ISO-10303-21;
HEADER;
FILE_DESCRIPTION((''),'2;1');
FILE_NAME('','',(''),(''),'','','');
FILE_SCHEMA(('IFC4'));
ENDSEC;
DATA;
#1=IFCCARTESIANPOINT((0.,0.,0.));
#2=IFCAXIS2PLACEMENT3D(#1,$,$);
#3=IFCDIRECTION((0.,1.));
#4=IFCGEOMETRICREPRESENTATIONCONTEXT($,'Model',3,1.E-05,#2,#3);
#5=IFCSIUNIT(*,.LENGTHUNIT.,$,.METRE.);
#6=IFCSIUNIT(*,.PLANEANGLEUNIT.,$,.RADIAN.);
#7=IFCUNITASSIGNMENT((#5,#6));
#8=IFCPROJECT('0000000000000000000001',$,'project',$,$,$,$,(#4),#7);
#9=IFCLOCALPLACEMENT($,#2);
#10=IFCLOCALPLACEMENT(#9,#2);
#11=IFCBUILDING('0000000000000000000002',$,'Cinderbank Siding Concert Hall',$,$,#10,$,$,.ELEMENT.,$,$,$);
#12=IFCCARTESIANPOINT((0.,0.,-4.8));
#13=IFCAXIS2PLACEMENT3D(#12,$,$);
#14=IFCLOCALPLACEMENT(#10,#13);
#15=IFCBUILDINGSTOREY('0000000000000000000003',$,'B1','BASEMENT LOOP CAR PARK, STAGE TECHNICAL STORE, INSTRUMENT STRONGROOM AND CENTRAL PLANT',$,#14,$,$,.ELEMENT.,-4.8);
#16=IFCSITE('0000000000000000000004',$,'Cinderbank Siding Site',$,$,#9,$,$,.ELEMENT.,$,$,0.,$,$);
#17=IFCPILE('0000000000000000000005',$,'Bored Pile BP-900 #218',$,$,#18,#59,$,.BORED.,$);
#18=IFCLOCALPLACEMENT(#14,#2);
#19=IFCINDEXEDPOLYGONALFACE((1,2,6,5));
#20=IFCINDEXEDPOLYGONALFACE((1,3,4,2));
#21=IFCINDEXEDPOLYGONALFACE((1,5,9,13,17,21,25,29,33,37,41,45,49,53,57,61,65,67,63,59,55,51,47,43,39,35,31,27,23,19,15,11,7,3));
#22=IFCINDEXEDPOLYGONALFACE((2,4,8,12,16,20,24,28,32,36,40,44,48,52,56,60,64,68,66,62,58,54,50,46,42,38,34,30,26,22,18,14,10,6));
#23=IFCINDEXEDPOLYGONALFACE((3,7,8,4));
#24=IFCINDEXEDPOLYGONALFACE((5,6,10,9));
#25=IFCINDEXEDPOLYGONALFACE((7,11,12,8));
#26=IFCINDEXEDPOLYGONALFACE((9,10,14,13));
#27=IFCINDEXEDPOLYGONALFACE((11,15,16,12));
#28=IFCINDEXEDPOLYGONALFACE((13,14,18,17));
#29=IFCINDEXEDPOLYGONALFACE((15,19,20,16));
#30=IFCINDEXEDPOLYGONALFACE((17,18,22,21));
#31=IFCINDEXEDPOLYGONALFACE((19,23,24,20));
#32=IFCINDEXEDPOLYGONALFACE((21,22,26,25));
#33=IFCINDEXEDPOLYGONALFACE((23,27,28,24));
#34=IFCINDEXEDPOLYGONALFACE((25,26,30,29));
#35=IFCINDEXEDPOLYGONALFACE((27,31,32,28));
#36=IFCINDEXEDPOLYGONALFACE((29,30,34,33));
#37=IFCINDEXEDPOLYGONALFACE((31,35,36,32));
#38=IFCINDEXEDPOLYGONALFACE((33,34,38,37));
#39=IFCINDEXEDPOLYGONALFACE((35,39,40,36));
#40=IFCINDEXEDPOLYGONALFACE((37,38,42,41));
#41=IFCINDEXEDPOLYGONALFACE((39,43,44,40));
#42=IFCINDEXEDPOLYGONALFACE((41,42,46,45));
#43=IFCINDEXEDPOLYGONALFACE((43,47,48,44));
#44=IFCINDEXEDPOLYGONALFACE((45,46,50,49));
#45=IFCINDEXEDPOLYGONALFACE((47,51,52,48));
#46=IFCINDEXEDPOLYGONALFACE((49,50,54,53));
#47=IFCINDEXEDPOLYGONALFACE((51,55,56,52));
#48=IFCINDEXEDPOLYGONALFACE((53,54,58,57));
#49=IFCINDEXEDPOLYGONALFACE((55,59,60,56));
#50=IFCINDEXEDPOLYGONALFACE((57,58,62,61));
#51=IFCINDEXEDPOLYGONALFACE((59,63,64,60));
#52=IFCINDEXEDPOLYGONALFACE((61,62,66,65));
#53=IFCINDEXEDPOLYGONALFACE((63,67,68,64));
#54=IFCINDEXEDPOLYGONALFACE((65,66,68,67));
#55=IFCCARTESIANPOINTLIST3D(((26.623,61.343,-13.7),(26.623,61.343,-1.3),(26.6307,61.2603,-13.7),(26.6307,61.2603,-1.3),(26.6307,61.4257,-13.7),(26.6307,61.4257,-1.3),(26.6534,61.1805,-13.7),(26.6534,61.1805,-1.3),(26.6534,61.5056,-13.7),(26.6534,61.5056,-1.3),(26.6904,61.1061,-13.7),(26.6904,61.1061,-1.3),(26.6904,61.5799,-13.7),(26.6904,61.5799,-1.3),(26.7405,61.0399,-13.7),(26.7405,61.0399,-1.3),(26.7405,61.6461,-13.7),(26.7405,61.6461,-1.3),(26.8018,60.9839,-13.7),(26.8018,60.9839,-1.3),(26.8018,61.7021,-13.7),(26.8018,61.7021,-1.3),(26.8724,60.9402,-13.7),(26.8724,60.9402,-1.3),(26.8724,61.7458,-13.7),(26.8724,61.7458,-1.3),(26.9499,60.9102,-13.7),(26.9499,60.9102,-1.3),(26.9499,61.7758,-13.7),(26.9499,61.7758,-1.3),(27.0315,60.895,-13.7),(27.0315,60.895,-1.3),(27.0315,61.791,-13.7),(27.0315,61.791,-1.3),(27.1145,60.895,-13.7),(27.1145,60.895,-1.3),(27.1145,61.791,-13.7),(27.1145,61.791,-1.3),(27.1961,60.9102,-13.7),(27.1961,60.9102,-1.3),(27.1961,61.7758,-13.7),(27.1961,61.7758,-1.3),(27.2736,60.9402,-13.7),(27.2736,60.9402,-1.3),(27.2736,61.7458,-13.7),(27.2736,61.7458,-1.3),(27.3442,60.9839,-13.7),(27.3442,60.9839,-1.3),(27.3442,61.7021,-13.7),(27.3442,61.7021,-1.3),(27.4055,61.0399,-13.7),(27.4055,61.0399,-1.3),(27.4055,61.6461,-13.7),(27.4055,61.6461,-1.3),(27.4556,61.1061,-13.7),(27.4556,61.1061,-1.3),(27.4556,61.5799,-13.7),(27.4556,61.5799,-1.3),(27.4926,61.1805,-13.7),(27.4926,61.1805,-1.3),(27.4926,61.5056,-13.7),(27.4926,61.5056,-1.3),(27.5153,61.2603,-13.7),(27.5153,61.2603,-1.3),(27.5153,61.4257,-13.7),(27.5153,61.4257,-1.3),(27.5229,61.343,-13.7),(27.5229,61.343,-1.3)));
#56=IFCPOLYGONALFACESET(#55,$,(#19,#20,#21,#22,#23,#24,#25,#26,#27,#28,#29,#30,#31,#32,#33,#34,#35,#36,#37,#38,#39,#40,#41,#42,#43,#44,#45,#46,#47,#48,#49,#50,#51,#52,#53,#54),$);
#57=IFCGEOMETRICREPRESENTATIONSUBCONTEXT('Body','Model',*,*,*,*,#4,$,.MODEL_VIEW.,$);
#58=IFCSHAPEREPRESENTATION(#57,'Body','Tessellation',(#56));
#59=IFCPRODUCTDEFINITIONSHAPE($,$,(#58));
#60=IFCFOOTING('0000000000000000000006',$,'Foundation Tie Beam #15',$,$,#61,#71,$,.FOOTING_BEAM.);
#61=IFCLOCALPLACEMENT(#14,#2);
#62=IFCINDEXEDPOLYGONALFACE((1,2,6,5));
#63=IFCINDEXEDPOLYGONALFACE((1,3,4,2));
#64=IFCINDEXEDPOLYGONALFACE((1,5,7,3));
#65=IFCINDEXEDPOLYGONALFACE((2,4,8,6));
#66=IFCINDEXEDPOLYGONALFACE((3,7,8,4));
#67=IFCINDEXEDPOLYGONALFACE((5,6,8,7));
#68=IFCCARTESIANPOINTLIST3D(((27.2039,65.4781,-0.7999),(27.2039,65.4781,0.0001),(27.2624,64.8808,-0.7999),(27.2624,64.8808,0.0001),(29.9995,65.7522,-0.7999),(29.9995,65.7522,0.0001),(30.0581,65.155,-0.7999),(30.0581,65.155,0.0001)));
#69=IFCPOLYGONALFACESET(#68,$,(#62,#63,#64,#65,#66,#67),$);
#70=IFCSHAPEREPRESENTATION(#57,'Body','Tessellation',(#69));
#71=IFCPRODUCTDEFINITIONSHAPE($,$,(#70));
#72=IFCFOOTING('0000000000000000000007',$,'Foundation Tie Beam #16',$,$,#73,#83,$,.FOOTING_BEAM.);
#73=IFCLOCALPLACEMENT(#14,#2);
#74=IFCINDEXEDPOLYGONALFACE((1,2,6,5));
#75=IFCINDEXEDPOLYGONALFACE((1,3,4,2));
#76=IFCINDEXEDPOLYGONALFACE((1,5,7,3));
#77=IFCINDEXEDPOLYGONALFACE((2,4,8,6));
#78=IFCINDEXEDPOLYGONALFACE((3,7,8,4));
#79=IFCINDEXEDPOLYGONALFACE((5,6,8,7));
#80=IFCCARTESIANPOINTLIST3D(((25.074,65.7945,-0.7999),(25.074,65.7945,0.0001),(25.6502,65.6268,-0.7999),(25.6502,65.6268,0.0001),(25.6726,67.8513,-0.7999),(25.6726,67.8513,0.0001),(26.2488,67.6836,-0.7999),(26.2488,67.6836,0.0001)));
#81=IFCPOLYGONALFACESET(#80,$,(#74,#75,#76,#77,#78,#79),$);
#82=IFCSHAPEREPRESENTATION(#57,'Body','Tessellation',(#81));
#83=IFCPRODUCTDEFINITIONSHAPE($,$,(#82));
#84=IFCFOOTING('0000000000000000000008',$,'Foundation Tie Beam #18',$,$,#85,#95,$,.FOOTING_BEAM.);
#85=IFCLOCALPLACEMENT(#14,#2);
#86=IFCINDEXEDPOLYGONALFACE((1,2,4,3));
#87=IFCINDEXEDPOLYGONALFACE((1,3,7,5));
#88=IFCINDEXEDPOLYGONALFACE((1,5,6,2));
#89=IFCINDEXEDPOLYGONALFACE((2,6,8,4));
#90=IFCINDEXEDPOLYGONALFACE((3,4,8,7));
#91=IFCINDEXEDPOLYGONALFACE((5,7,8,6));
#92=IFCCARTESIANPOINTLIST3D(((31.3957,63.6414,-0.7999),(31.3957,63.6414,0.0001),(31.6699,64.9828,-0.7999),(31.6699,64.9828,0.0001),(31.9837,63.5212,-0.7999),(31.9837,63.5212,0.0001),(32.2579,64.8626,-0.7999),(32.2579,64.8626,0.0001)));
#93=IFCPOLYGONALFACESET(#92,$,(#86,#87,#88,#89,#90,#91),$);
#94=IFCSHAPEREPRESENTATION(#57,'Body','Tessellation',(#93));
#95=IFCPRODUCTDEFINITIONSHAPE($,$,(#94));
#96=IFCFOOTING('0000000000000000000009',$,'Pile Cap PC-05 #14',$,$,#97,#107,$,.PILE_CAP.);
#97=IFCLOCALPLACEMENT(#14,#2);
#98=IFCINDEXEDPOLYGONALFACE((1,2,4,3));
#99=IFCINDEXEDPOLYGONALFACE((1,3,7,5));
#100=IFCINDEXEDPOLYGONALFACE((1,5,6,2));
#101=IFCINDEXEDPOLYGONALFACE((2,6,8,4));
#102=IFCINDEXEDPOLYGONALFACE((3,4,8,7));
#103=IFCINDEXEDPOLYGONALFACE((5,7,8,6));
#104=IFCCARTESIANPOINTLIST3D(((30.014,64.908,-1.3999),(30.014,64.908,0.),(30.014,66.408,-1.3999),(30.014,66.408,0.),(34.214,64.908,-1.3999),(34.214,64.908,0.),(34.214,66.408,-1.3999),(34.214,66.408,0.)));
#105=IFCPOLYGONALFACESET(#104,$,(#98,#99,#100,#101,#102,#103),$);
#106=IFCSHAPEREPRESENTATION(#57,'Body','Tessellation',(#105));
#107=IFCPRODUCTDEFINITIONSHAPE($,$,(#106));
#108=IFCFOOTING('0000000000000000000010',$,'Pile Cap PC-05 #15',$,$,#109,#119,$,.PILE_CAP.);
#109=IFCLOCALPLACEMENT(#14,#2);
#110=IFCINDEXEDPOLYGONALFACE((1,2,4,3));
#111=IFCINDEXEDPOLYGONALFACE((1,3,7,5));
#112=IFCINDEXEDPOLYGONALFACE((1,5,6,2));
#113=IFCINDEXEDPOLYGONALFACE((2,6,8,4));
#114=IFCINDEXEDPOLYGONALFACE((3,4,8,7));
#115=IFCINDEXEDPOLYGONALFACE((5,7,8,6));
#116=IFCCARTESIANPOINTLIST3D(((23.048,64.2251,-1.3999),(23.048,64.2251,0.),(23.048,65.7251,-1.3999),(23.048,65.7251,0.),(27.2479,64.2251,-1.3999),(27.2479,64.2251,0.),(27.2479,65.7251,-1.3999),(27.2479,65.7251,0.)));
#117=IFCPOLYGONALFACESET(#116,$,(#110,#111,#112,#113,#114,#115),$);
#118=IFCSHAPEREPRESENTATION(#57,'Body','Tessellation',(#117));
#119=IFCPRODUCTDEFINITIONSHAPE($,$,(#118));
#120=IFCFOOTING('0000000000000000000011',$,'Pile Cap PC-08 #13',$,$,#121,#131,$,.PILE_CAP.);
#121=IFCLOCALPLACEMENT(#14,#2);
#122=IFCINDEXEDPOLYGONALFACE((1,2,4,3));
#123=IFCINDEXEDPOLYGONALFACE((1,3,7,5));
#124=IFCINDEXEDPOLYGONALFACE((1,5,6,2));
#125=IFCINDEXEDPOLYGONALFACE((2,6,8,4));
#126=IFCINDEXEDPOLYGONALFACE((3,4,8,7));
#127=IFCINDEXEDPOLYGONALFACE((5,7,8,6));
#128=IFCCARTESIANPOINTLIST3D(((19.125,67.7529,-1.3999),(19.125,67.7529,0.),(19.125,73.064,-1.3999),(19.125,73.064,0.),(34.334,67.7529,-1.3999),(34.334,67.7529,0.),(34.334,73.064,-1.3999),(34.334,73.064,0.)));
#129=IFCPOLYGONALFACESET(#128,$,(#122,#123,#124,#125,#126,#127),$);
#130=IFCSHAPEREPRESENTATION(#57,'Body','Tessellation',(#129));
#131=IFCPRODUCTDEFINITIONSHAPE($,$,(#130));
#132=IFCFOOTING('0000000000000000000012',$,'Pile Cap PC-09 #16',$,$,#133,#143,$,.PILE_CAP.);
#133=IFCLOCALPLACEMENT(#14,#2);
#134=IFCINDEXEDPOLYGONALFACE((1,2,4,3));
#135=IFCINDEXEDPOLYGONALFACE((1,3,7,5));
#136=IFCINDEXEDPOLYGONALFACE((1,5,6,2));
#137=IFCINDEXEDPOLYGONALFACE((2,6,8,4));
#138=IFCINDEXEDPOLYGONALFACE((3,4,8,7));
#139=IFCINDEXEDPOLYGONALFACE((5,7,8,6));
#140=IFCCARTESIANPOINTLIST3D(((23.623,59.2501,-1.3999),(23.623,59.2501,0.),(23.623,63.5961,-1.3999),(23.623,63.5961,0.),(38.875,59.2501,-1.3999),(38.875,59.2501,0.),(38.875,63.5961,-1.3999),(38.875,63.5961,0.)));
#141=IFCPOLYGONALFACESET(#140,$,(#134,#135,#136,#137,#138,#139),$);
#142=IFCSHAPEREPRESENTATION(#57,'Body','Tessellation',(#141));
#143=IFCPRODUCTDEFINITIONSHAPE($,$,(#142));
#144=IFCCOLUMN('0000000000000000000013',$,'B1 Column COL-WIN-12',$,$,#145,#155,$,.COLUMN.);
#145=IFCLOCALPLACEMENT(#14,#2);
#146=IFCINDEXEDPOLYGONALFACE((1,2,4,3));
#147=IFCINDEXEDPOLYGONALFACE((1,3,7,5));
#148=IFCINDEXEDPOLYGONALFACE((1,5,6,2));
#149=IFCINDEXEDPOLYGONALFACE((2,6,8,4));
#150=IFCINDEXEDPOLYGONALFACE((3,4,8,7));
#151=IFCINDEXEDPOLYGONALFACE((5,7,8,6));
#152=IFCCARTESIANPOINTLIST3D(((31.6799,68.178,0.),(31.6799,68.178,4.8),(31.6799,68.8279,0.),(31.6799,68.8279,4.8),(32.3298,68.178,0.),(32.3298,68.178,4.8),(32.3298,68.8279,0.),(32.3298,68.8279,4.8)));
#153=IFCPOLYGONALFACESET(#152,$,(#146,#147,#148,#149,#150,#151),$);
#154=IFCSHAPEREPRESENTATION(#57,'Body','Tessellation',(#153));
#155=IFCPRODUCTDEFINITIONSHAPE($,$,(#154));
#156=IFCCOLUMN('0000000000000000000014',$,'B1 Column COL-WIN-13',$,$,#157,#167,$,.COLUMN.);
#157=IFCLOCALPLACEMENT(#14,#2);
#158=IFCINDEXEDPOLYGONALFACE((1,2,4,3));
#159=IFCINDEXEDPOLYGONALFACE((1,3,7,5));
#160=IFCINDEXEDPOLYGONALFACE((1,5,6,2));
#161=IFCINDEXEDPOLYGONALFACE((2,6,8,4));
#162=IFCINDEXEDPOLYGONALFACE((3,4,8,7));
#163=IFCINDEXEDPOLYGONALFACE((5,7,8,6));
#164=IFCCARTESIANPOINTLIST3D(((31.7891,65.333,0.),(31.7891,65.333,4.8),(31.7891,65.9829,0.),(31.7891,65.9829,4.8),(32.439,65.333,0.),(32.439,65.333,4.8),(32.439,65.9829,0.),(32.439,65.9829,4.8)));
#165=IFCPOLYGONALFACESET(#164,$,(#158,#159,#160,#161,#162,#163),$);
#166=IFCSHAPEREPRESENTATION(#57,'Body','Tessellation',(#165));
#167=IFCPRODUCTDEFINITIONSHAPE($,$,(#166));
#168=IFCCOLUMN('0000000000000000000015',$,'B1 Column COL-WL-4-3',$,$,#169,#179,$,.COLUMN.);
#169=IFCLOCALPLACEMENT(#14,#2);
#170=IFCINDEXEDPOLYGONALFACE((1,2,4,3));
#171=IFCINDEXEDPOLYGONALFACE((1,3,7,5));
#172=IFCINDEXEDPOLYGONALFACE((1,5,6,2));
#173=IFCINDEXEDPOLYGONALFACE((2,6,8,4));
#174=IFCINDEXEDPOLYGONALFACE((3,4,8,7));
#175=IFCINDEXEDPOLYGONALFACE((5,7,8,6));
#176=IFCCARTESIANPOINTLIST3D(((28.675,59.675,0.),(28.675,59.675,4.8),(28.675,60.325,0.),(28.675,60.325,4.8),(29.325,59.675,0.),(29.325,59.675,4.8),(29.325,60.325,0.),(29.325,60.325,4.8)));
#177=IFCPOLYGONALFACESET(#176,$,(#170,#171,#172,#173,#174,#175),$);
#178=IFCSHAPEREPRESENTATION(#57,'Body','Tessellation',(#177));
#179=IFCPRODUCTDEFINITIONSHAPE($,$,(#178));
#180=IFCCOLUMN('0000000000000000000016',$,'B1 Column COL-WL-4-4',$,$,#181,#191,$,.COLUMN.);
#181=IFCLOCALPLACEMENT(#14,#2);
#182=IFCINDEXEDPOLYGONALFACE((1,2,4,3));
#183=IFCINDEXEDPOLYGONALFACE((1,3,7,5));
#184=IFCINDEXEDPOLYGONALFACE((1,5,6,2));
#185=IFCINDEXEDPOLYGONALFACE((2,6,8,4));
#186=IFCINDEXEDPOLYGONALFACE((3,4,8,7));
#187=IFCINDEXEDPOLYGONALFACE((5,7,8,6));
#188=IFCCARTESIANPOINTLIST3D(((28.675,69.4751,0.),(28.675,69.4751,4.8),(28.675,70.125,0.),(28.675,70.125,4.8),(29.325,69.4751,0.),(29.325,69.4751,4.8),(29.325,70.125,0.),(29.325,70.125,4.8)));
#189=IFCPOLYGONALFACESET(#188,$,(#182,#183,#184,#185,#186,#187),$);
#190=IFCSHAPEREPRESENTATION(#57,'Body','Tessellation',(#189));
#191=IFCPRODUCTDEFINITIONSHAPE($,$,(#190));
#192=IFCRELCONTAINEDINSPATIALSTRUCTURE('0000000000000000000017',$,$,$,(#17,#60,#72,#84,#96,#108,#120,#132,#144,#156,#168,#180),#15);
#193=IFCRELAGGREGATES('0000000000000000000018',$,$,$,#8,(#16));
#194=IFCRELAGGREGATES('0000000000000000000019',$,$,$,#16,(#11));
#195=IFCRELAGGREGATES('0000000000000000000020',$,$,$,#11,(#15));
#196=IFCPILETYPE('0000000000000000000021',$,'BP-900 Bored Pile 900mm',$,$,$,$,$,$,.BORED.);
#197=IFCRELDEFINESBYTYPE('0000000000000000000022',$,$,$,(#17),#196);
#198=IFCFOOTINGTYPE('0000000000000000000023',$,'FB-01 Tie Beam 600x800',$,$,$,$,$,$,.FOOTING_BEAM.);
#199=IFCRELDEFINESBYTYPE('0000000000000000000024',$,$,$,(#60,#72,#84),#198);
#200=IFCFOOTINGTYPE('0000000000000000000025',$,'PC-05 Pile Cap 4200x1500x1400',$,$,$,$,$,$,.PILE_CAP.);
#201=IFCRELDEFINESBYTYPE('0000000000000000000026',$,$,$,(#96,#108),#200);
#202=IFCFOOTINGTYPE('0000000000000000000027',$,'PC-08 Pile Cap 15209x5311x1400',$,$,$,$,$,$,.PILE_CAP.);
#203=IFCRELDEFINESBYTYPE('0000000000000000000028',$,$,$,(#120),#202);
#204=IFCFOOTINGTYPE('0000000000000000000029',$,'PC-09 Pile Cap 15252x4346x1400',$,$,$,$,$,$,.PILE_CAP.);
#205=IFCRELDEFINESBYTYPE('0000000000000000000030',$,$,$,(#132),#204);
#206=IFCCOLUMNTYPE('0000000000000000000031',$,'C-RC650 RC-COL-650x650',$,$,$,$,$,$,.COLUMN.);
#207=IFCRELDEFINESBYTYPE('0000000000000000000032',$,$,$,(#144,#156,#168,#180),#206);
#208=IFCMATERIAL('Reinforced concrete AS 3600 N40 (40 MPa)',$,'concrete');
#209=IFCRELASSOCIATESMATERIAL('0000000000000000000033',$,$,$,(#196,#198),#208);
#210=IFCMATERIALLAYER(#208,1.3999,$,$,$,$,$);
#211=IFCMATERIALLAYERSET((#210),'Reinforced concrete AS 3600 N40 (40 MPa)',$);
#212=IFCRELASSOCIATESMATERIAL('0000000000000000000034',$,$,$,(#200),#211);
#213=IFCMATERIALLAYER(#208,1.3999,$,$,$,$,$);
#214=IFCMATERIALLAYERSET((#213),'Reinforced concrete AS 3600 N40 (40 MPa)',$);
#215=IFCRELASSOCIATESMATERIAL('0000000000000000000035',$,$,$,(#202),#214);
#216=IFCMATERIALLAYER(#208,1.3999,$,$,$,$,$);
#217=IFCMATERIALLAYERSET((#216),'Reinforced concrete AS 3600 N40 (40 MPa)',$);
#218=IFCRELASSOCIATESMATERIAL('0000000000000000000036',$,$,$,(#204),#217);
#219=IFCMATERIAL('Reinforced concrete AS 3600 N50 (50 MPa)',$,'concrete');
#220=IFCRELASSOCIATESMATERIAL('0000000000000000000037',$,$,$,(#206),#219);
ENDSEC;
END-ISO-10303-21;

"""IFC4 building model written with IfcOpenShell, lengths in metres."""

from ifc_helpers import new_model, si_unit, direction, frame, origin, origin_2d, place, context, subcontext, project, spatial, rectangle, circle, extrude, material, layer, layer_set, material_profile, profile_set, type_object, element, save


model = new_model("IFC4")

# Units and contexts
model_context = context("Model", 3, precision=1e-05, world=origin(), true_north=direction((0.0, 1.0)))
body_context = subcontext(model_context, "Body", "Model", "MODEL_VIEW")
ifc_project = project(units=[si_unit("LENGTHUNIT", "METRE"), si_unit("PLANEANGLEUNIT", "RADIAN")], contexts=[model_context])

# Site, building, storey
site_placement = place(None, origin())
site = spatial("IfcSite", under=ifc_project, at=site_placement, Name="Cinderbank Siding Site", CompositionType="ELEMENT", RefElevation=0.0)
building_placement = place(site_placement, origin())
building = spatial("IfcBuilding", under=site, at=building_placement, Name="Cinderbank Siding Concert Hall", CompositionType="ELEMENT")
storey_placement = place(building_placement, frame((0.0, 0.0, -4.8)))
storey = spatial("IfcBuildingStorey", under=building, at=storey_placement, Name="B1", Description="BASEMENT LOOP CAR PARK, STAGE TECHNICAL STORE, INSTRUMENT STRONGROOM AND CENTRAL PLANT", CompositionType="ELEMENT", Elevation=-4.8)

# Pile
ifc_material_1 = material(Name="Reinforced concrete AS 3600 N40 (40 MPa)", Category="concrete")
ifc_material_profile_1 = material_profile(ifc_material_1, circle(Radius=0.45, at=origin_2d()), Name="PILE-900DIA", Category="LoadBearing")
ifc_profile_set_1 = profile_set([ifc_material_profile_1], Name="Reinforced concrete AS 3600 N40 (40 MPa)")
pile_type_1 = type_object("IfcPileType", Name="BP-900 Bored Pile 900mm", PredefinedType="BORED", material=ifc_profile_set_1)
for number, where, z_axis, x_axis, name in (
    (1, (27.073, 61.343, -1.3), (0.0, 0.0, -1.0), (1.0, 0.0, 0.0), "Bored Pile BP-900 #218"),
):
    element("IfcPile", number, at=place(storey_placement, frame(where, z_axis=z_axis, x_axis=x_axis)), inside=storey, type_object=pile_type_1, Name=name, PredefinedType="BORED", context=body_context, shape_type="SweptSolid", body=[
        extrude(circle(Radius=0.45, at=origin_2d()), origin(), (0.0, 0.0, 1.0), 12.3999),
    ])

# Footings
ifc_material_profile_2 = material_profile(ifc_material_1, rectangle(XDim=0.6001, YDim=0.8, at=origin_2d()), Name="RC-FB-600x800", Category="LoadBearing")
ifc_profile_set_2 = profile_set([ifc_material_profile_2], Name="Reinforced concrete AS 3600 N40 (40 MPa)")
footing_type_1 = type_object("IfcFootingType", Name="FB-01 Tie Beam 600x800", PredefinedType="FOOTING_BEAM", material=ifc_profile_set_2)
footing_1_placement = place(storey_placement, frame((27.2332, 65.1794, -0.3999), z_axis=(0.995226, 0.097602, 0.0), x_axis=(-0.097602, 0.995226, 0.0)))
element("IfcFooting", 2, at=footing_1_placement, inside=storey, type_object=footing_type_1, Name="Foundation Tie Beam #15", PredefinedType="FOOTING_BEAM", context=body_context, shape_type="SweptSolid", body=[
    extrude(rectangle(XDim=0.6001, YDim=0.8, at=origin_2d()), origin(), (0.0, 0.0, 1.0), 2.8091),
])
footing_2_placement = place(storey_placement, frame((25.3621, 65.7107, -0.3999), z_axis=(0.279475, 0.960153, 0.0), x_axis=(-0.960153, 0.279475, 0.0)))
element("IfcFooting", 3, at=footing_2_placement, inside=storey, type_object=footing_type_1, Name="Foundation Tie Beam #16", PredefinedType="FOOTING_BEAM", context=body_context, shape_type="SweptSolid", body=[
    extrude(rectangle(XDim=0.6001, YDim=0.8, at=origin_2d()), origin(), (0.0, 0.0, 1.0), 2.1421),
])
footing_3_placement = place(storey_placement, frame((31.6897, 63.5813, -0.3999), z_axis=(0.200264, 0.979742, 0.0), x_axis=(-0.979742, 0.200264, 0.0)))
element("IfcFooting", 4, at=footing_3_placement, inside=storey, type_object=footing_type_1, Name="Foundation Tie Beam #18", PredefinedType="FOOTING_BEAM", context=body_context, shape_type="SweptSolid", body=[
    extrude(rectangle(XDim=0.6001, YDim=0.8, at=origin_2d()), origin(), (0.0, 0.0, 1.0), 1.3691),
])
ifc_layer_1 = layer(ifc_material_1, 1.3999)
ifc_layer_set_1 = layer_set([ifc_layer_1], Name="Reinforced concrete AS 3600 N40 (40 MPa)")
footing_type_2 = type_object("IfcFootingType", Name="PC-05 Pile Cap 4200x1500x1400", PredefinedType="PILE_CAP", material=ifc_layer_set_1)
for number, where, z_axis, x_axis, name in (
    (5, (32.114, 65.658, -1.3999), (0.0, 0.0, 1.0), (1.0, 0.0, 0.0), "Pile Cap PC-05 #14"),
    (6, (25.1479, 64.9751, -1.3999), (0.0, 0.0, 1.0), (1.0, 0.0, 0.0), "Pile Cap PC-05 #15"),
):
    element("IfcFooting", number, at=place(storey_placement, frame(where, z_axis=z_axis, x_axis=x_axis)), inside=storey, type_object=footing_type_2, Name=name, PredefinedType="PILE_CAP", context=body_context, shape_type="SweptSolid", body=[
        extrude(rectangle(XDim=4.2, YDim=1.5, at=origin_2d()), origin(), (0.0, 0.0, 1.0), 1.3999),
    ])
ifc_layer_2 = layer(ifc_material_1, 1.3999)
ifc_layer_set_2 = layer_set([ifc_layer_2], Name="Reinforced concrete AS 3600 N40 (40 MPa)")
footing_type_3 = type_object("IfcFootingType", Name="PC-08 Pile Cap 15209x5311x1400", PredefinedType="PILE_CAP", material=ifc_layer_set_2)
footing_4_placement = place(storey_placement, frame((26.7295, 70.4084, -1.3999), z_axis=(0.0, 0.0, 1.0), x_axis=(1.0, 0.0, 0.0)))
element("IfcFooting", 7, at=footing_4_placement, inside=storey, type_object=footing_type_3, Name="Pile Cap PC-08 #13", PredefinedType="PILE_CAP", context=body_context, shape_type="SweptSolid", body=[
    extrude(rectangle(XDim=15.209, YDim=5.311, at=origin_2d()), origin(), (0.0, 0.0, 1.0), 1.3999),
])
ifc_layer_3 = layer(ifc_material_1, 1.3999)
ifc_layer_set_3 = layer_set([ifc_layer_3], Name="Reinforced concrete AS 3600 N40 (40 MPa)")
footing_type_4 = type_object("IfcFootingType", Name="PC-09 Pile Cap 15252x4346x1400", PredefinedType="PILE_CAP", material=ifc_layer_set_3)
footing_5_placement = place(storey_placement, frame((31.249, 61.4231, -1.3999), z_axis=(0.0, 0.0, 1.0), x_axis=(1.0, 0.0, 0.0)))
element("IfcFooting", 8, at=footing_5_placement, inside=storey, type_object=footing_type_4, Name="Pile Cap PC-09 #16", PredefinedType="PILE_CAP", context=body_context, shape_type="SweptSolid", body=[
    extrude(rectangle(XDim=15.252, YDim=4.3459, at=origin_2d()), origin(), (0.0, 0.0, 1.0), 1.3999),
])

# Columns
ifc_material_2 = material(Name="Reinforced concrete AS 3600 N50 (50 MPa)", Category="concrete")
ifc_material_profile_3 = material_profile(ifc_material_2, rectangle(XDim=0.6499, YDim=0.6499, at=origin_2d()), Name="RC-COL-650x650", Category="LoadBearing")
ifc_profile_set_3 = profile_set([ifc_material_profile_3], Name="Reinforced concrete AS 3600 N50 (50 MPa)")
column_type_1 = type_object("IfcColumnType", Name="C-RC650 RC-COL-650x650", PredefinedType="COLUMN", material=ifc_profile_set_3)
for number, where, z_axis, x_axis, name in (
    (9, (32.0049, 68.5029, 0.0), (0.0, 0.0, 1.0), (1.0, 0.0, 0.0), "B1 Column COL-WIN-12"),
    (10, (32.114, 65.658, 0.0), (0.0, 0.0, 1.0), (1.0, 0.0, 0.0), "B1 Column COL-WIN-13"),
    (11, (29.0, 60.0, 0.0), (0.0, 0.0, 1.0), (1.0, 0.0, 0.0), "B1 Column COL-WL-4-3"),
    (12, (29.0, 69.8, 0.0), (0.0, 0.0, 1.0), (1.0, 0.0, 0.0), "B1 Column COL-WL-4-4"),
):
    element("IfcColumn", number, at=place(storey_placement, frame(where, z_axis=z_axis, x_axis=x_axis)), inside=storey, type_object=column_type_1, Name=name, PredefinedType="COLUMN", context=body_context, shape_type="SweptSolid", body=[
        extrude(rectangle(XDim=0.6499, YDim=0.6499, at=origin_2d()), origin(), (0.0, 0.0, 1.0), 4.8),
    ])

save(model, "model.ifc")
